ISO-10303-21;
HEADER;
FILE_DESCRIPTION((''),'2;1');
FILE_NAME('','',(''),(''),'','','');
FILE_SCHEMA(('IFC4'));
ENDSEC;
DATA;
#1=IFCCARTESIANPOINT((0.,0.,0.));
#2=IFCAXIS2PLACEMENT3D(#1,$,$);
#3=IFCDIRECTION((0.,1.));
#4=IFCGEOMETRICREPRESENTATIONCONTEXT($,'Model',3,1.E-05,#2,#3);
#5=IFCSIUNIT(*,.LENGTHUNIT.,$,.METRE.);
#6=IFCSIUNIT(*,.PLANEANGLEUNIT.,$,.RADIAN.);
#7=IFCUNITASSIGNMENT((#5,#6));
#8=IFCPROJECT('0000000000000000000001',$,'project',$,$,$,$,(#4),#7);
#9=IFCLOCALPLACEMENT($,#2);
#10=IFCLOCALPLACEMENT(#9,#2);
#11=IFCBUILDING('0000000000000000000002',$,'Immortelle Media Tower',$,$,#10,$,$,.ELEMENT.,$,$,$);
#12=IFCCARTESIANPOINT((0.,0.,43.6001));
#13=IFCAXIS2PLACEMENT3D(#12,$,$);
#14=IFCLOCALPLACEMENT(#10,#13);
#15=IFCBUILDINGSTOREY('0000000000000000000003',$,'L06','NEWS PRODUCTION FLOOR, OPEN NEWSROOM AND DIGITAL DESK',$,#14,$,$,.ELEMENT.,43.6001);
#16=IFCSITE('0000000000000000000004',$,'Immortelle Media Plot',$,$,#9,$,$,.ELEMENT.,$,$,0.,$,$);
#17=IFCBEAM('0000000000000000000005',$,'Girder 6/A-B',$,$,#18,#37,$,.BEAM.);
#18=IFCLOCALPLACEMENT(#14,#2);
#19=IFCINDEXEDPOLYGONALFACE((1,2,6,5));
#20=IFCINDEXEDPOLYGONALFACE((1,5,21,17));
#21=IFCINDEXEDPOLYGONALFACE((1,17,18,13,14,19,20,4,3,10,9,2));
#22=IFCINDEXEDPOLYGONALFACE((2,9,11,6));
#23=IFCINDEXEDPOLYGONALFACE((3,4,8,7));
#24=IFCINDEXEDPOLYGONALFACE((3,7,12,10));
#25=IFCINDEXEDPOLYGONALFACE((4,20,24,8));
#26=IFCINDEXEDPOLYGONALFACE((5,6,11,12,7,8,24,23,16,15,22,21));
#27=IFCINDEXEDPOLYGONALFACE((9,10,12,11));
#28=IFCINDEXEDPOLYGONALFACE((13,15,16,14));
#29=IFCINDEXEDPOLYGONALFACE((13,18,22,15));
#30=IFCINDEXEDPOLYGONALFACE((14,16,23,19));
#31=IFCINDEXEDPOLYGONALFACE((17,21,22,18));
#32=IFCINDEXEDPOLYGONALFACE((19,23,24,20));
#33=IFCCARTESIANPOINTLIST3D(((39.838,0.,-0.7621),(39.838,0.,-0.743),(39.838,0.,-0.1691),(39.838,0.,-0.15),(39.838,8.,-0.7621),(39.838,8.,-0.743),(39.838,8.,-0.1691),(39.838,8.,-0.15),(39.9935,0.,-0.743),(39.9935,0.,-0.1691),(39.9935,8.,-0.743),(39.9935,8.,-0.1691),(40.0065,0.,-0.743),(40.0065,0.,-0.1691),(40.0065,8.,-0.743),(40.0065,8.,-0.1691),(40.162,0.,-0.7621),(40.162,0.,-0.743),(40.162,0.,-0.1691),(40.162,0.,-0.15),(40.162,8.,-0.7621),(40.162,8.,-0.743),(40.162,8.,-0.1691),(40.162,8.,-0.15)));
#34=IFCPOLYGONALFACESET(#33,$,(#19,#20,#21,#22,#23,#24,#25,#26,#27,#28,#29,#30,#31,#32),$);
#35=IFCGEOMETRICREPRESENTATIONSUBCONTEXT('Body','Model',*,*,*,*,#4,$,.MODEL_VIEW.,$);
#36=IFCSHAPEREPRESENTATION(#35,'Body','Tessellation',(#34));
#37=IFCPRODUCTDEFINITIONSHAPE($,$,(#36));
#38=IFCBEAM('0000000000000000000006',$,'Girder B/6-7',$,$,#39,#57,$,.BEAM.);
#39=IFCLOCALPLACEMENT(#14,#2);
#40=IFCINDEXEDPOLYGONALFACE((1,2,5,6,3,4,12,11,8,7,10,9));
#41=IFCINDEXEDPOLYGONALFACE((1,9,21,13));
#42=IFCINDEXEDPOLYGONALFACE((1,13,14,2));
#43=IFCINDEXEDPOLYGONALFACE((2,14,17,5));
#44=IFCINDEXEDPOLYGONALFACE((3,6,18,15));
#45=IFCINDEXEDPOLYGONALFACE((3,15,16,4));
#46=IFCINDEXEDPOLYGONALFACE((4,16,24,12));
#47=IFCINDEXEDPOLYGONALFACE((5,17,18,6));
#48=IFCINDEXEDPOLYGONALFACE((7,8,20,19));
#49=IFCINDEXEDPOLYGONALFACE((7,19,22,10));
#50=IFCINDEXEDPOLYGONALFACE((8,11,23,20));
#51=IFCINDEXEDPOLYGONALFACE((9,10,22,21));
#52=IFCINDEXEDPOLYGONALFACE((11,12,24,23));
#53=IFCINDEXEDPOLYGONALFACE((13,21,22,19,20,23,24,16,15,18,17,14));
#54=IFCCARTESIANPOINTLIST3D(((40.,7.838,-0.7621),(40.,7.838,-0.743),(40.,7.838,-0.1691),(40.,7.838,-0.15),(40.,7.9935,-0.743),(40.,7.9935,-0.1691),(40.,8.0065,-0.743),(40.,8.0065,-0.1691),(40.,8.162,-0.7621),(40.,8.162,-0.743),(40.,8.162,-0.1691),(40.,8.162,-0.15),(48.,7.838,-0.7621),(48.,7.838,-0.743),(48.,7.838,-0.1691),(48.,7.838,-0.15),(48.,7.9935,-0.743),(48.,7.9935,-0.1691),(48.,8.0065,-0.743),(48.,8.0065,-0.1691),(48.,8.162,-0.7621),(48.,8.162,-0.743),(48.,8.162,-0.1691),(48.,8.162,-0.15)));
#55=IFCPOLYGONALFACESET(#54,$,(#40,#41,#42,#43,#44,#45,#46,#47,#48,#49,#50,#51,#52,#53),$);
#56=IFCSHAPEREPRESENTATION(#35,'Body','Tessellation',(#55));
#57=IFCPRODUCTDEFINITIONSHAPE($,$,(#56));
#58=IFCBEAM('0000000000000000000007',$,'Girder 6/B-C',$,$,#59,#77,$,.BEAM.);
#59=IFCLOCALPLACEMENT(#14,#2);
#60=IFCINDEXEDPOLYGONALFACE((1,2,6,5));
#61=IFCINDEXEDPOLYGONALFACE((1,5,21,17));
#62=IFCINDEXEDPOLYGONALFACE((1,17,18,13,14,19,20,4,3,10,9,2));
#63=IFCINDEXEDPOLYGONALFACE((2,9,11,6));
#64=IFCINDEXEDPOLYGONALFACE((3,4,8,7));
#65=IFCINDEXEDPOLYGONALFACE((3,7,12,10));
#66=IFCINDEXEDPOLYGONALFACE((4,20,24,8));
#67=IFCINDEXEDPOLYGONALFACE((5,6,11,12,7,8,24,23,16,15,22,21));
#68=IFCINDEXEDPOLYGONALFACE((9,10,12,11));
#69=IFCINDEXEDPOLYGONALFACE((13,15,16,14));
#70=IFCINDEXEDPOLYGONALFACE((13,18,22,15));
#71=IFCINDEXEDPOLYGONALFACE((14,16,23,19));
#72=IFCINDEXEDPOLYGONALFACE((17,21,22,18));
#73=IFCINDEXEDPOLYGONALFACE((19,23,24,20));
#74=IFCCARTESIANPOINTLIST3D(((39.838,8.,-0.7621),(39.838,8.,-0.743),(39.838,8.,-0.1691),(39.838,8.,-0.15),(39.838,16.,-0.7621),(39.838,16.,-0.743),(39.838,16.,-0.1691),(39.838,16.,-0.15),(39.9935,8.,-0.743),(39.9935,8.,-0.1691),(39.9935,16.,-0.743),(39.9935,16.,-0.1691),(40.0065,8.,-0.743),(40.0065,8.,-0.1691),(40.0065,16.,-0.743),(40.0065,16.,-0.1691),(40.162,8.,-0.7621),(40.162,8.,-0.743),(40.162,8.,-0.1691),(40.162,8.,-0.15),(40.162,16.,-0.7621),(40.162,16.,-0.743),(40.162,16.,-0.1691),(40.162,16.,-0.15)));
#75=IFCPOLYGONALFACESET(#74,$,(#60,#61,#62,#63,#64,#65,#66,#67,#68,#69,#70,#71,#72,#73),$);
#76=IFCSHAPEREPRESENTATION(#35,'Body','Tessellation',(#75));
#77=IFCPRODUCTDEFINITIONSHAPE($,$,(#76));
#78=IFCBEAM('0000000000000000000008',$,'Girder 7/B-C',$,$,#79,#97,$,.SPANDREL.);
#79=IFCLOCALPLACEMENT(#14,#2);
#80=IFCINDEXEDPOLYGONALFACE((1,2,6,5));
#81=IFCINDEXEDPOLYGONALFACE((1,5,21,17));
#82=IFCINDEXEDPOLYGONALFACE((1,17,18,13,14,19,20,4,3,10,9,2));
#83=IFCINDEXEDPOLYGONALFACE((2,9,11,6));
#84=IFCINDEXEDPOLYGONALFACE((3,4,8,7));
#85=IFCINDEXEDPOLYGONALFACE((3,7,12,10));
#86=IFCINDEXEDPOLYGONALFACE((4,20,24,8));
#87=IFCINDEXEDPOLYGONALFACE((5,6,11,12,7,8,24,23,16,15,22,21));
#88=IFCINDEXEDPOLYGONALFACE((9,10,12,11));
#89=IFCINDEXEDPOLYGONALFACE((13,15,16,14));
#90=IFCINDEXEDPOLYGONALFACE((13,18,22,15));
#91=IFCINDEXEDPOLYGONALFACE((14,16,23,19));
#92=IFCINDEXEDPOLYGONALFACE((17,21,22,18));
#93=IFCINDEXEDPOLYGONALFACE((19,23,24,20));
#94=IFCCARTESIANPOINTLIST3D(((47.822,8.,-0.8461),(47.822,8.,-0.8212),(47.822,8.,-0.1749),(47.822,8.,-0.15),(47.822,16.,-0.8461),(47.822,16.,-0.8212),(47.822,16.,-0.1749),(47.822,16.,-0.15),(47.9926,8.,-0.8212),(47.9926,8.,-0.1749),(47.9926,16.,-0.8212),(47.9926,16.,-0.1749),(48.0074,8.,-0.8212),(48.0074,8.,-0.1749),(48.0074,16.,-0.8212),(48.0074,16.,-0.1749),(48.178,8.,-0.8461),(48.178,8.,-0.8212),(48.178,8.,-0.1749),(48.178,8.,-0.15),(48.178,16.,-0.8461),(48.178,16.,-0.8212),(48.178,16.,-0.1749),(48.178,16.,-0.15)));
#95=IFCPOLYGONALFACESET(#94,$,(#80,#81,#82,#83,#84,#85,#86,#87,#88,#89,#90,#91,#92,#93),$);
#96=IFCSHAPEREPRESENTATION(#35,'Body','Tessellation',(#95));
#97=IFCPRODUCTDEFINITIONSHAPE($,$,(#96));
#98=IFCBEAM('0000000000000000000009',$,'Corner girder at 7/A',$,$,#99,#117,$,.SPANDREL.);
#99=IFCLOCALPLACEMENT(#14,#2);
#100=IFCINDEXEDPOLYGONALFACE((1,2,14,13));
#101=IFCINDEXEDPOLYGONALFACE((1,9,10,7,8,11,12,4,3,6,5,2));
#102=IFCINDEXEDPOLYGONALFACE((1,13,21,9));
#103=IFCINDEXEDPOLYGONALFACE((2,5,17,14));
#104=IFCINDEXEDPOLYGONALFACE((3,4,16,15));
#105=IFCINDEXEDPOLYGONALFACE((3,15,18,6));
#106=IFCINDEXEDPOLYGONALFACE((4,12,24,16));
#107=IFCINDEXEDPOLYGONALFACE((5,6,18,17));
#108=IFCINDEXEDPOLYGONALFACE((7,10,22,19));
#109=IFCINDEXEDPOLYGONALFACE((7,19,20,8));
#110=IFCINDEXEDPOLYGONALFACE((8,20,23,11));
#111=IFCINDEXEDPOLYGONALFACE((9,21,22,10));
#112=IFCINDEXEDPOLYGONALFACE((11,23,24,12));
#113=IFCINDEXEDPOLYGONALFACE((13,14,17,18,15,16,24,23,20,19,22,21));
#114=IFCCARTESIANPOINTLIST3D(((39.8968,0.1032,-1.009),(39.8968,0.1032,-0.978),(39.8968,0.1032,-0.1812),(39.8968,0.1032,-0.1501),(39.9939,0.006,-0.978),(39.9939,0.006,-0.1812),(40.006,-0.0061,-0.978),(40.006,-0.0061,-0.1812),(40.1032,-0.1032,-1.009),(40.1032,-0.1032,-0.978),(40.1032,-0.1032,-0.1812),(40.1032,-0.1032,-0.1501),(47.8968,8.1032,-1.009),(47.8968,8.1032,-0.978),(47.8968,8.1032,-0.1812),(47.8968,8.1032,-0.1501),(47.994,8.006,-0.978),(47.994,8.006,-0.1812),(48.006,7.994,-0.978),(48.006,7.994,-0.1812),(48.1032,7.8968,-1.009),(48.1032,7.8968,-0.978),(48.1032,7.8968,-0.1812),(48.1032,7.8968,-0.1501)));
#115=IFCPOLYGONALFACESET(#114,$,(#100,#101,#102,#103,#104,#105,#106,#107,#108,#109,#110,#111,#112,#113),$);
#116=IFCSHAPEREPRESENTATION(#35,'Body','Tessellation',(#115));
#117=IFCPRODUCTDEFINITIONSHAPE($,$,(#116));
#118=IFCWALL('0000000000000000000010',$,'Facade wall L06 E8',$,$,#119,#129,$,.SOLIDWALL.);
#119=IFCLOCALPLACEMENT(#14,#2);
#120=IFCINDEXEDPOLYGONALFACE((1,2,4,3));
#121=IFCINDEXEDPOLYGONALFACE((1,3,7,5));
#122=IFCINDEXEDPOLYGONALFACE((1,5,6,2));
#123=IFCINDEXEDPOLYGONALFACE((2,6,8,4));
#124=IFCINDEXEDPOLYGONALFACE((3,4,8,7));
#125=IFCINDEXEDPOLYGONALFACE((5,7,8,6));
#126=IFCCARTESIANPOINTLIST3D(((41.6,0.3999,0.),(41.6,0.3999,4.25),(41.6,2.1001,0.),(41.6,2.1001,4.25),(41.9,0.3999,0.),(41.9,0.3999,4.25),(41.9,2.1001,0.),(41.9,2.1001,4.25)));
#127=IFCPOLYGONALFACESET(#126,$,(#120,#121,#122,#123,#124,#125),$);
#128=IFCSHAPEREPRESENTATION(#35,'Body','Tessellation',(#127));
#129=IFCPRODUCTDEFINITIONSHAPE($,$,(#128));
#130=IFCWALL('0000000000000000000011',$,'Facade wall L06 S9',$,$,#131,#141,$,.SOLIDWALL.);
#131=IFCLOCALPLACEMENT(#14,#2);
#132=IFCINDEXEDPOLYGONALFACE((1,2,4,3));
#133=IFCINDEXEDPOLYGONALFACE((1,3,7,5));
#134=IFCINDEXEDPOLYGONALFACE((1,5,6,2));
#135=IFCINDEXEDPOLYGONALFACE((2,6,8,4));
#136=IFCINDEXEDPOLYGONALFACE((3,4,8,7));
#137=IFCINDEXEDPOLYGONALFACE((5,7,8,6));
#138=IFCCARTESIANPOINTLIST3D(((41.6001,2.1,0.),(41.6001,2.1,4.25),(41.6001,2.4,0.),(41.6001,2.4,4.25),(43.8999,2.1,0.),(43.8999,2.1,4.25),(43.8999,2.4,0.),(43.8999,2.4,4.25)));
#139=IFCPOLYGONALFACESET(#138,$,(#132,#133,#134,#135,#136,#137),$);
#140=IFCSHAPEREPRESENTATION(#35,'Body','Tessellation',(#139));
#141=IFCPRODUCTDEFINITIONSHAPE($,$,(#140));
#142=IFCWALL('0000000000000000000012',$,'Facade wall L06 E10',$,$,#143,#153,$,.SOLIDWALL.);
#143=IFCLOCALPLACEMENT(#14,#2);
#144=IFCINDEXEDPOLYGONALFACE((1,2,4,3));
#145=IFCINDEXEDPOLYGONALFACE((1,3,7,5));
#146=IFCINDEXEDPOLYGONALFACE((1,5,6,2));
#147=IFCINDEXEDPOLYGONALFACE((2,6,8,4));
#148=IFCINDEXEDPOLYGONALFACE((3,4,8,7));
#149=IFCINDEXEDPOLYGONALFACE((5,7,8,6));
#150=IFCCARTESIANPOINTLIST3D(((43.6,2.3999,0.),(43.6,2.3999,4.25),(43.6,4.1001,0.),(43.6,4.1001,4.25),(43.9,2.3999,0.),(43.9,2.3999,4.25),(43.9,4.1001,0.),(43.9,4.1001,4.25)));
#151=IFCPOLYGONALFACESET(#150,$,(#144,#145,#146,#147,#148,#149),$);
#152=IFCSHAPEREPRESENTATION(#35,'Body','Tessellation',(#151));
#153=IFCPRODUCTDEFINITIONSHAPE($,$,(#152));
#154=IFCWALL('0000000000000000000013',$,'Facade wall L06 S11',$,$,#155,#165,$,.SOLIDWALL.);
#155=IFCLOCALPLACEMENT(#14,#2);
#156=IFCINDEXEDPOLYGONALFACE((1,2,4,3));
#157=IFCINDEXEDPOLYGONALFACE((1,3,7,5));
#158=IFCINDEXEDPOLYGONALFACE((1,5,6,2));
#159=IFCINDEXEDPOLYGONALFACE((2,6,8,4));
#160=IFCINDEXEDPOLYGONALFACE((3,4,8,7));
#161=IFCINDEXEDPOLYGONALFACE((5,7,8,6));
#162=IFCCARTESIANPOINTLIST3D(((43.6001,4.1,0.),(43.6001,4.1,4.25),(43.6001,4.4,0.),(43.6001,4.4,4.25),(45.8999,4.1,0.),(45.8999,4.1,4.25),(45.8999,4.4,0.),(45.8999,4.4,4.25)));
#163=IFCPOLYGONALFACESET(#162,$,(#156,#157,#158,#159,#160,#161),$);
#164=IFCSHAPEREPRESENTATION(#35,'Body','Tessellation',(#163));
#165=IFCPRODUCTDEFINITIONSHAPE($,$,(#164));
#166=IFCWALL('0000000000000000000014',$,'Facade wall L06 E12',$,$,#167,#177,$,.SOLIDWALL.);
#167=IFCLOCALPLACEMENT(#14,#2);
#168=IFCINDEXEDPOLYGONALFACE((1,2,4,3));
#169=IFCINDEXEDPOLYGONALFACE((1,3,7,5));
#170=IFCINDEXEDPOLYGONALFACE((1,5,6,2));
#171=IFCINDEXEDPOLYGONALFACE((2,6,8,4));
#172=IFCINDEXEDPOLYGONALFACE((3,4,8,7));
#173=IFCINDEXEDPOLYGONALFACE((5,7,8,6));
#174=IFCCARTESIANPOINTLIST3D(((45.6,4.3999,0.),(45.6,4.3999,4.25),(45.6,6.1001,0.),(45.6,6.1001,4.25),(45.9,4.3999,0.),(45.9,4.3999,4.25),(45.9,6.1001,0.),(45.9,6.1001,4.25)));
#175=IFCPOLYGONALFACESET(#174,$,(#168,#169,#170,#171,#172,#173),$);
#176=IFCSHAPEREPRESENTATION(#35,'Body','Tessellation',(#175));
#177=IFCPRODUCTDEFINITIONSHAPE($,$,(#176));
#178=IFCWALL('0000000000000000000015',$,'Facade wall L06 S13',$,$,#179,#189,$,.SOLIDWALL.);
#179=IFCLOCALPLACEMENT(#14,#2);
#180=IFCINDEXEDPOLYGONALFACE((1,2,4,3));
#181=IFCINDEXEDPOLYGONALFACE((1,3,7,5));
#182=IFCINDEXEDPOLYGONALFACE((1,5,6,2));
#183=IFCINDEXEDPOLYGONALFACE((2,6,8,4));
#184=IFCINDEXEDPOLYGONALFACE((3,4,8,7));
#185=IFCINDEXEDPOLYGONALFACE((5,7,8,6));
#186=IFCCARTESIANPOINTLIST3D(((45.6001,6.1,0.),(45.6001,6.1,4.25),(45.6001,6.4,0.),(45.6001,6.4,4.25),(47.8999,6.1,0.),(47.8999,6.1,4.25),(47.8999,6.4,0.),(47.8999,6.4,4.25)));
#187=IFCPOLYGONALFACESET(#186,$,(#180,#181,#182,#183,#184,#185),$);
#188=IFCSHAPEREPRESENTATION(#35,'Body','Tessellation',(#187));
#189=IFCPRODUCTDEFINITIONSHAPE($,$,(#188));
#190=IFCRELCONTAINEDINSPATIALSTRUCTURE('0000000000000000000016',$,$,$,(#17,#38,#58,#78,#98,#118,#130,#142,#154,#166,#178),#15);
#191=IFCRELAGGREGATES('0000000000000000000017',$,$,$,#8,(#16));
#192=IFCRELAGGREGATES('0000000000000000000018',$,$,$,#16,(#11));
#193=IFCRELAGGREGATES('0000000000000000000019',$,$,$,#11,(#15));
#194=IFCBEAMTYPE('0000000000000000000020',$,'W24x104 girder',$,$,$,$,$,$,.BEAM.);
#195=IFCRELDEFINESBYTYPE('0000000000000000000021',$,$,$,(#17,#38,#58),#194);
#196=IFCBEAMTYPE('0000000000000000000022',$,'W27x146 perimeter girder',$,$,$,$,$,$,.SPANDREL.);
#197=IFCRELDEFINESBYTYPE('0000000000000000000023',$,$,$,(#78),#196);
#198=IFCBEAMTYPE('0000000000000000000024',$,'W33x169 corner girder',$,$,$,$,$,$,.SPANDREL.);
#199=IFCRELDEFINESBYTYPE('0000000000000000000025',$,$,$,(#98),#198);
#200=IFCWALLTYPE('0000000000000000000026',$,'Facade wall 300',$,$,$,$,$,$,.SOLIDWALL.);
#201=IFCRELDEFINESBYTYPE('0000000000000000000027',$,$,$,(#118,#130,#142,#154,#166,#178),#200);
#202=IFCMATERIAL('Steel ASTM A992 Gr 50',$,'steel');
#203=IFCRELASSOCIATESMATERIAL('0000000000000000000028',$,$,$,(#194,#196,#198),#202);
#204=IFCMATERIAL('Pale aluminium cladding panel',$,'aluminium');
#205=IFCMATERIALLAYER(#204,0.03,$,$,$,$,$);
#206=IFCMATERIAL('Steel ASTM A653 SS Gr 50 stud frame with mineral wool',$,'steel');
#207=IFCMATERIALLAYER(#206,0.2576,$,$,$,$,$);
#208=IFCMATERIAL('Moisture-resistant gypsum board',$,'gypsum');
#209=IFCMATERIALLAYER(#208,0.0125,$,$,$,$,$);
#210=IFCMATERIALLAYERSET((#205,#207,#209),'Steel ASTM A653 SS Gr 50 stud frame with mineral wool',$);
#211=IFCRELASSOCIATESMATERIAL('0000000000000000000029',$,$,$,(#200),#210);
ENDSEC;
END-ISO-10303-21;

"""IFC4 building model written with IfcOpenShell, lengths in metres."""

from ifc_helpers import new_model, si_unit, direction, frame, frame_2d, origin, origin_2d, place, context, subcontext, project, spatial, rectangle, i_section, extrude, material, layer, layer_set, material_profile, profile_set, type_object, element, save


model = new_model("IFC4")

# Units and contexts
model_context = context("Model", 3, precision=1e-05, world=origin(), true_north=direction((0.0, 1.0)))
body_context = subcontext(model_context, "Body", "Model", "MODEL_VIEW")
ifc_project = project(units=[si_unit("LENGTHUNIT", "METRE"), si_unit("PLANEANGLEUNIT", "RADIAN")], contexts=[model_context])

# Site, building, storey
site_placement = place(None, origin())
site = spatial("IfcSite", under=ifc_project, at=site_placement, Name="Immortelle Media Plot", CompositionType="ELEMENT", RefElevation=0.0)
building_placement = place(site_placement, origin())
building = spatial("IfcBuilding", under=site, at=building_placement, Name="Immortelle Media Tower", CompositionType="ELEMENT")
storey_placement = place(building_placement, frame((0.0, 0.0, 43.6001)))
storey = spatial("IfcBuildingStorey", under=building, at=storey_placement, Name="L06", Description="NEWS PRODUCTION FLOOR, OPEN NEWSROOM AND DIGITAL DESK", CompositionType="ELEMENT", Elevation=43.6001)

# Shared definitions
ifc_material_1 = material(Name="Steel ASTM A992 Gr 50", Category="steel")

# Beams
ifc_material_profile_1 = material_profile(ifc_material_1, i_section(OverallWidth=0.324, OverallDepth=0.6121, WebThickness=0.0129, FlangeThickness=0.019, at=origin_2d()), Name="W24x104")
ifc_profile_set_1 = profile_set([ifc_material_profile_1], Name="Steel ASTM A992 Gr 50")
beam_type_1 = type_object("IfcBeamType", Name="W24x104 girder", PredefinedType="BEAM", material=ifc_profile_set_1)
for number, where, z_axis, x_axis, name in (
    (1, (40.0, 0.0, -0.4561), (0.0, 1.0, 0.0), (-1.0, 0.0, 0.0), "Girder 6/A-B"),
    (2, (40.0, 8.0, -0.4561), (1.0, 0.0, 0.0), (0.0, 1.0, 0.0), "Girder B/6-7"),
    (3, (40.0, 8.0, -0.4561), (0.0, 1.0, 0.0), (-1.0, 0.0, 0.0), "Girder 6/B-C"),
):
    element("IfcBeam", number, at=place(storey_placement, frame(where, z_axis=z_axis, x_axis=x_axis)), inside=storey, type_object=beam_type_1, Name=name, PredefinedType="BEAM", context=body_context, shape_type="SweptSolid", body=[
        extrude(i_section(OverallWidth=0.324, OverallDepth=0.6121, WebThickness=0.0129, FlangeThickness=0.019, at=origin_2d()), origin(), (0.0, 0.0, 1.0), 8.0),
    ])
ifc_material_profile_2 = material_profile(ifc_material_1, i_section(OverallWidth=0.356, OverallDepth=0.696, WebThickness=0.0149, FlangeThickness=0.0249, at=origin_2d()), Name="W27x146")
ifc_profile_set_2 = profile_set([ifc_material_profile_2], Name="Steel ASTM A992 Gr 50")
beam_type_2 = type_object("IfcBeamType", Name="W27x146 perimeter girder", PredefinedType="SPANDREL", material=ifc_profile_set_2)
beam_1_placement = place(storey_placement, frame((48.0, 8.0, -0.498), z_axis=(0.0, 1.0, 0.0), x_axis=(-1.0, 0.0, 0.0)))
element("IfcBeam", 4, at=beam_1_placement, inside=storey, type_object=beam_type_2, Name="Girder 7/B-C", PredefinedType="SPANDREL", context=body_context, shape_type="SweptSolid", body=[
    extrude(i_section(OverallWidth=0.356, OverallDepth=0.696, WebThickness=0.0149, FlangeThickness=0.0249, at=origin_2d()), origin(), (0.0, 0.0, 1.0), 8.0),
])
ifc_material_profile_3 = material_profile(ifc_material_1, i_section(OverallWidth=0.292, OverallDepth=0.8589, WebThickness=0.0171, FlangeThickness=0.031, at=origin_2d()), Name="W33x169")
ifc_profile_set_3 = profile_set([ifc_material_profile_3], Name="Steel ASTM A992 Gr 50")
beam_type_3 = type_object("IfcBeamType", Name="W33x169 corner girder", PredefinedType="SPANDREL", material=ifc_profile_set_3)
beam_2_placement = place(storey_placement, frame((48.0, 8.0, -0.5796), z_axis=(-0.707107, -0.707107, 0.0), x_axis=(0.707107, -0.707107, 0.0)))
element("IfcBeam", 5, at=beam_2_placement, inside=storey, type_object=beam_type_3, Name="Corner girder at 7/A", PredefinedType="SPANDREL", context=body_context, shape_type="SweptSolid", body=[
    extrude(i_section(OverallWidth=0.292, OverallDepth=0.8589, WebThickness=0.0171, FlangeThickness=0.031, at=origin_2d()), origin(), (0.0, 0.0, 1.0), 11.3137),
])

# Walls
ifc_material_2 = material(Name="Pale aluminium cladding panel", Category="aluminium")
ifc_layer_1 = layer(ifc_material_2, 0.03)
ifc_material_3 = material(Name="Steel ASTM A653 SS Gr 50 stud frame with mineral wool", Category="steel")
ifc_layer_2 = layer(ifc_material_3, 0.2576)
ifc_material_4 = material(Name="Moisture-resistant gypsum board", Category="gypsum")
ifc_layer_3 = layer(ifc_material_4, 0.0125)
ifc_layer_set_1 = layer_set([ifc_layer_1, ifc_layer_2, ifc_layer_3], Name="Steel ASTM A653 SS Gr 50 stud frame with mineral wool")
wall_type_1 = type_object("IfcWallType", Name="Facade wall 300", PredefinedType="SOLIDWALL", material=ifc_layer_set_1)
wall_1_placement = place(storey_placement, frame((41.75, 0.3999, 0.0), z_axis=(0.0, 0.0, 1.0), x_axis=(0.0, 1.0, 0.0)))
element("IfcWall", 6, at=wall_1_placement, inside=storey, type_object=wall_type_1, Name="Facade wall L06 E8", PredefinedType="SOLIDWALL", context=body_context, shape_type="SweptSolid", body=[
    extrude(rectangle(XDim=1.7002, YDim=0.3, at=frame_2d((0.8501, 0.0))), origin(), (0.0, 0.0, 1.0), 4.25),
])
wall_2_placement = place(storey_placement, frame((41.6001, 2.25, 0.0), z_axis=(0.0, 0.0, 1.0), x_axis=(1.0, 0.0, 0.0)))
element("IfcWall", 7, at=wall_2_placement, inside=storey, type_object=wall_type_1, Name="Facade wall L06 S9", PredefinedType="SOLIDWALL", context=body_context, shape_type="SweptSolid", body=[
    extrude(rectangle(XDim=2.2998, YDim=0.3, at=frame_2d((1.1499, 0.0))), origin(), (0.0, 0.0, 1.0), 4.25),
])
wall_3_placement = place(storey_placement, frame((43.75, 2.3999, 0.0), z_axis=(0.0, 0.0, 1.0), x_axis=(0.0, 1.0, 0.0)))
element("IfcWall", 8, at=wall_3_placement, inside=storey, type_object=wall_type_1, Name="Facade wall L06 E10", PredefinedType="SOLIDWALL", context=body_context, shape_type="SweptSolid", body=[
    extrude(rectangle(XDim=1.7002, YDim=0.3, at=frame_2d((0.8501, 0.0))), origin(), (0.0, 0.0, 1.0), 4.25),
])
wall_4_placement = place(storey_placement, frame((43.6001, 4.25, 0.0), z_axis=(0.0, 0.0, 1.0), x_axis=(1.0, 0.0, 0.0)))
element("IfcWall", 9, at=wall_4_placement, inside=storey, type_object=wall_type_1, Name="Facade wall L06 S11", PredefinedType="SOLIDWALL", context=body_context, shape_type="SweptSolid", body=[
    extrude(rectangle(XDim=2.2998, YDim=0.3, at=frame_2d((1.1499, 0.0))), origin(), (0.0, 0.0, 1.0), 4.25),
])
wall_5_placement = place(storey_placement, frame((45.75, 4.3999, 0.0), z_axis=(0.0, 0.0, 1.0), x_axis=(0.0, 1.0, 0.0)))
element("IfcWall", 10, at=wall_5_placement, inside=storey, type_object=wall_type_1, Name="Facade wall L06 E12", PredefinedType="SOLIDWALL", context=body_context, shape_type="SweptSolid", body=[
    extrude(rectangle(XDim=1.7002, YDim=0.3, at=frame_2d((0.8501, 0.0))), origin(), (0.0, 0.0, 1.0), 4.25),
])
wall_6_placement = place(storey_placement, frame((45.6001, 6.25, 0.0), z_axis=(0.0, 0.0, 1.0), x_axis=(1.0, 0.0, 0.0)))
element("IfcWall", 11, at=wall_6_placement, inside=storey, type_object=wall_type_1, Name="Facade wall L06 S13", PredefinedType="SOLIDWALL", context=body_context, shape_type="SweptSolid", body=[
    extrude(rectangle(XDim=2.2998, YDim=0.3, at=frame_2d((1.1499, 0.0))), origin(), (0.0, 0.0, 1.0), 4.25),
])

save(model, "model.ifc")
